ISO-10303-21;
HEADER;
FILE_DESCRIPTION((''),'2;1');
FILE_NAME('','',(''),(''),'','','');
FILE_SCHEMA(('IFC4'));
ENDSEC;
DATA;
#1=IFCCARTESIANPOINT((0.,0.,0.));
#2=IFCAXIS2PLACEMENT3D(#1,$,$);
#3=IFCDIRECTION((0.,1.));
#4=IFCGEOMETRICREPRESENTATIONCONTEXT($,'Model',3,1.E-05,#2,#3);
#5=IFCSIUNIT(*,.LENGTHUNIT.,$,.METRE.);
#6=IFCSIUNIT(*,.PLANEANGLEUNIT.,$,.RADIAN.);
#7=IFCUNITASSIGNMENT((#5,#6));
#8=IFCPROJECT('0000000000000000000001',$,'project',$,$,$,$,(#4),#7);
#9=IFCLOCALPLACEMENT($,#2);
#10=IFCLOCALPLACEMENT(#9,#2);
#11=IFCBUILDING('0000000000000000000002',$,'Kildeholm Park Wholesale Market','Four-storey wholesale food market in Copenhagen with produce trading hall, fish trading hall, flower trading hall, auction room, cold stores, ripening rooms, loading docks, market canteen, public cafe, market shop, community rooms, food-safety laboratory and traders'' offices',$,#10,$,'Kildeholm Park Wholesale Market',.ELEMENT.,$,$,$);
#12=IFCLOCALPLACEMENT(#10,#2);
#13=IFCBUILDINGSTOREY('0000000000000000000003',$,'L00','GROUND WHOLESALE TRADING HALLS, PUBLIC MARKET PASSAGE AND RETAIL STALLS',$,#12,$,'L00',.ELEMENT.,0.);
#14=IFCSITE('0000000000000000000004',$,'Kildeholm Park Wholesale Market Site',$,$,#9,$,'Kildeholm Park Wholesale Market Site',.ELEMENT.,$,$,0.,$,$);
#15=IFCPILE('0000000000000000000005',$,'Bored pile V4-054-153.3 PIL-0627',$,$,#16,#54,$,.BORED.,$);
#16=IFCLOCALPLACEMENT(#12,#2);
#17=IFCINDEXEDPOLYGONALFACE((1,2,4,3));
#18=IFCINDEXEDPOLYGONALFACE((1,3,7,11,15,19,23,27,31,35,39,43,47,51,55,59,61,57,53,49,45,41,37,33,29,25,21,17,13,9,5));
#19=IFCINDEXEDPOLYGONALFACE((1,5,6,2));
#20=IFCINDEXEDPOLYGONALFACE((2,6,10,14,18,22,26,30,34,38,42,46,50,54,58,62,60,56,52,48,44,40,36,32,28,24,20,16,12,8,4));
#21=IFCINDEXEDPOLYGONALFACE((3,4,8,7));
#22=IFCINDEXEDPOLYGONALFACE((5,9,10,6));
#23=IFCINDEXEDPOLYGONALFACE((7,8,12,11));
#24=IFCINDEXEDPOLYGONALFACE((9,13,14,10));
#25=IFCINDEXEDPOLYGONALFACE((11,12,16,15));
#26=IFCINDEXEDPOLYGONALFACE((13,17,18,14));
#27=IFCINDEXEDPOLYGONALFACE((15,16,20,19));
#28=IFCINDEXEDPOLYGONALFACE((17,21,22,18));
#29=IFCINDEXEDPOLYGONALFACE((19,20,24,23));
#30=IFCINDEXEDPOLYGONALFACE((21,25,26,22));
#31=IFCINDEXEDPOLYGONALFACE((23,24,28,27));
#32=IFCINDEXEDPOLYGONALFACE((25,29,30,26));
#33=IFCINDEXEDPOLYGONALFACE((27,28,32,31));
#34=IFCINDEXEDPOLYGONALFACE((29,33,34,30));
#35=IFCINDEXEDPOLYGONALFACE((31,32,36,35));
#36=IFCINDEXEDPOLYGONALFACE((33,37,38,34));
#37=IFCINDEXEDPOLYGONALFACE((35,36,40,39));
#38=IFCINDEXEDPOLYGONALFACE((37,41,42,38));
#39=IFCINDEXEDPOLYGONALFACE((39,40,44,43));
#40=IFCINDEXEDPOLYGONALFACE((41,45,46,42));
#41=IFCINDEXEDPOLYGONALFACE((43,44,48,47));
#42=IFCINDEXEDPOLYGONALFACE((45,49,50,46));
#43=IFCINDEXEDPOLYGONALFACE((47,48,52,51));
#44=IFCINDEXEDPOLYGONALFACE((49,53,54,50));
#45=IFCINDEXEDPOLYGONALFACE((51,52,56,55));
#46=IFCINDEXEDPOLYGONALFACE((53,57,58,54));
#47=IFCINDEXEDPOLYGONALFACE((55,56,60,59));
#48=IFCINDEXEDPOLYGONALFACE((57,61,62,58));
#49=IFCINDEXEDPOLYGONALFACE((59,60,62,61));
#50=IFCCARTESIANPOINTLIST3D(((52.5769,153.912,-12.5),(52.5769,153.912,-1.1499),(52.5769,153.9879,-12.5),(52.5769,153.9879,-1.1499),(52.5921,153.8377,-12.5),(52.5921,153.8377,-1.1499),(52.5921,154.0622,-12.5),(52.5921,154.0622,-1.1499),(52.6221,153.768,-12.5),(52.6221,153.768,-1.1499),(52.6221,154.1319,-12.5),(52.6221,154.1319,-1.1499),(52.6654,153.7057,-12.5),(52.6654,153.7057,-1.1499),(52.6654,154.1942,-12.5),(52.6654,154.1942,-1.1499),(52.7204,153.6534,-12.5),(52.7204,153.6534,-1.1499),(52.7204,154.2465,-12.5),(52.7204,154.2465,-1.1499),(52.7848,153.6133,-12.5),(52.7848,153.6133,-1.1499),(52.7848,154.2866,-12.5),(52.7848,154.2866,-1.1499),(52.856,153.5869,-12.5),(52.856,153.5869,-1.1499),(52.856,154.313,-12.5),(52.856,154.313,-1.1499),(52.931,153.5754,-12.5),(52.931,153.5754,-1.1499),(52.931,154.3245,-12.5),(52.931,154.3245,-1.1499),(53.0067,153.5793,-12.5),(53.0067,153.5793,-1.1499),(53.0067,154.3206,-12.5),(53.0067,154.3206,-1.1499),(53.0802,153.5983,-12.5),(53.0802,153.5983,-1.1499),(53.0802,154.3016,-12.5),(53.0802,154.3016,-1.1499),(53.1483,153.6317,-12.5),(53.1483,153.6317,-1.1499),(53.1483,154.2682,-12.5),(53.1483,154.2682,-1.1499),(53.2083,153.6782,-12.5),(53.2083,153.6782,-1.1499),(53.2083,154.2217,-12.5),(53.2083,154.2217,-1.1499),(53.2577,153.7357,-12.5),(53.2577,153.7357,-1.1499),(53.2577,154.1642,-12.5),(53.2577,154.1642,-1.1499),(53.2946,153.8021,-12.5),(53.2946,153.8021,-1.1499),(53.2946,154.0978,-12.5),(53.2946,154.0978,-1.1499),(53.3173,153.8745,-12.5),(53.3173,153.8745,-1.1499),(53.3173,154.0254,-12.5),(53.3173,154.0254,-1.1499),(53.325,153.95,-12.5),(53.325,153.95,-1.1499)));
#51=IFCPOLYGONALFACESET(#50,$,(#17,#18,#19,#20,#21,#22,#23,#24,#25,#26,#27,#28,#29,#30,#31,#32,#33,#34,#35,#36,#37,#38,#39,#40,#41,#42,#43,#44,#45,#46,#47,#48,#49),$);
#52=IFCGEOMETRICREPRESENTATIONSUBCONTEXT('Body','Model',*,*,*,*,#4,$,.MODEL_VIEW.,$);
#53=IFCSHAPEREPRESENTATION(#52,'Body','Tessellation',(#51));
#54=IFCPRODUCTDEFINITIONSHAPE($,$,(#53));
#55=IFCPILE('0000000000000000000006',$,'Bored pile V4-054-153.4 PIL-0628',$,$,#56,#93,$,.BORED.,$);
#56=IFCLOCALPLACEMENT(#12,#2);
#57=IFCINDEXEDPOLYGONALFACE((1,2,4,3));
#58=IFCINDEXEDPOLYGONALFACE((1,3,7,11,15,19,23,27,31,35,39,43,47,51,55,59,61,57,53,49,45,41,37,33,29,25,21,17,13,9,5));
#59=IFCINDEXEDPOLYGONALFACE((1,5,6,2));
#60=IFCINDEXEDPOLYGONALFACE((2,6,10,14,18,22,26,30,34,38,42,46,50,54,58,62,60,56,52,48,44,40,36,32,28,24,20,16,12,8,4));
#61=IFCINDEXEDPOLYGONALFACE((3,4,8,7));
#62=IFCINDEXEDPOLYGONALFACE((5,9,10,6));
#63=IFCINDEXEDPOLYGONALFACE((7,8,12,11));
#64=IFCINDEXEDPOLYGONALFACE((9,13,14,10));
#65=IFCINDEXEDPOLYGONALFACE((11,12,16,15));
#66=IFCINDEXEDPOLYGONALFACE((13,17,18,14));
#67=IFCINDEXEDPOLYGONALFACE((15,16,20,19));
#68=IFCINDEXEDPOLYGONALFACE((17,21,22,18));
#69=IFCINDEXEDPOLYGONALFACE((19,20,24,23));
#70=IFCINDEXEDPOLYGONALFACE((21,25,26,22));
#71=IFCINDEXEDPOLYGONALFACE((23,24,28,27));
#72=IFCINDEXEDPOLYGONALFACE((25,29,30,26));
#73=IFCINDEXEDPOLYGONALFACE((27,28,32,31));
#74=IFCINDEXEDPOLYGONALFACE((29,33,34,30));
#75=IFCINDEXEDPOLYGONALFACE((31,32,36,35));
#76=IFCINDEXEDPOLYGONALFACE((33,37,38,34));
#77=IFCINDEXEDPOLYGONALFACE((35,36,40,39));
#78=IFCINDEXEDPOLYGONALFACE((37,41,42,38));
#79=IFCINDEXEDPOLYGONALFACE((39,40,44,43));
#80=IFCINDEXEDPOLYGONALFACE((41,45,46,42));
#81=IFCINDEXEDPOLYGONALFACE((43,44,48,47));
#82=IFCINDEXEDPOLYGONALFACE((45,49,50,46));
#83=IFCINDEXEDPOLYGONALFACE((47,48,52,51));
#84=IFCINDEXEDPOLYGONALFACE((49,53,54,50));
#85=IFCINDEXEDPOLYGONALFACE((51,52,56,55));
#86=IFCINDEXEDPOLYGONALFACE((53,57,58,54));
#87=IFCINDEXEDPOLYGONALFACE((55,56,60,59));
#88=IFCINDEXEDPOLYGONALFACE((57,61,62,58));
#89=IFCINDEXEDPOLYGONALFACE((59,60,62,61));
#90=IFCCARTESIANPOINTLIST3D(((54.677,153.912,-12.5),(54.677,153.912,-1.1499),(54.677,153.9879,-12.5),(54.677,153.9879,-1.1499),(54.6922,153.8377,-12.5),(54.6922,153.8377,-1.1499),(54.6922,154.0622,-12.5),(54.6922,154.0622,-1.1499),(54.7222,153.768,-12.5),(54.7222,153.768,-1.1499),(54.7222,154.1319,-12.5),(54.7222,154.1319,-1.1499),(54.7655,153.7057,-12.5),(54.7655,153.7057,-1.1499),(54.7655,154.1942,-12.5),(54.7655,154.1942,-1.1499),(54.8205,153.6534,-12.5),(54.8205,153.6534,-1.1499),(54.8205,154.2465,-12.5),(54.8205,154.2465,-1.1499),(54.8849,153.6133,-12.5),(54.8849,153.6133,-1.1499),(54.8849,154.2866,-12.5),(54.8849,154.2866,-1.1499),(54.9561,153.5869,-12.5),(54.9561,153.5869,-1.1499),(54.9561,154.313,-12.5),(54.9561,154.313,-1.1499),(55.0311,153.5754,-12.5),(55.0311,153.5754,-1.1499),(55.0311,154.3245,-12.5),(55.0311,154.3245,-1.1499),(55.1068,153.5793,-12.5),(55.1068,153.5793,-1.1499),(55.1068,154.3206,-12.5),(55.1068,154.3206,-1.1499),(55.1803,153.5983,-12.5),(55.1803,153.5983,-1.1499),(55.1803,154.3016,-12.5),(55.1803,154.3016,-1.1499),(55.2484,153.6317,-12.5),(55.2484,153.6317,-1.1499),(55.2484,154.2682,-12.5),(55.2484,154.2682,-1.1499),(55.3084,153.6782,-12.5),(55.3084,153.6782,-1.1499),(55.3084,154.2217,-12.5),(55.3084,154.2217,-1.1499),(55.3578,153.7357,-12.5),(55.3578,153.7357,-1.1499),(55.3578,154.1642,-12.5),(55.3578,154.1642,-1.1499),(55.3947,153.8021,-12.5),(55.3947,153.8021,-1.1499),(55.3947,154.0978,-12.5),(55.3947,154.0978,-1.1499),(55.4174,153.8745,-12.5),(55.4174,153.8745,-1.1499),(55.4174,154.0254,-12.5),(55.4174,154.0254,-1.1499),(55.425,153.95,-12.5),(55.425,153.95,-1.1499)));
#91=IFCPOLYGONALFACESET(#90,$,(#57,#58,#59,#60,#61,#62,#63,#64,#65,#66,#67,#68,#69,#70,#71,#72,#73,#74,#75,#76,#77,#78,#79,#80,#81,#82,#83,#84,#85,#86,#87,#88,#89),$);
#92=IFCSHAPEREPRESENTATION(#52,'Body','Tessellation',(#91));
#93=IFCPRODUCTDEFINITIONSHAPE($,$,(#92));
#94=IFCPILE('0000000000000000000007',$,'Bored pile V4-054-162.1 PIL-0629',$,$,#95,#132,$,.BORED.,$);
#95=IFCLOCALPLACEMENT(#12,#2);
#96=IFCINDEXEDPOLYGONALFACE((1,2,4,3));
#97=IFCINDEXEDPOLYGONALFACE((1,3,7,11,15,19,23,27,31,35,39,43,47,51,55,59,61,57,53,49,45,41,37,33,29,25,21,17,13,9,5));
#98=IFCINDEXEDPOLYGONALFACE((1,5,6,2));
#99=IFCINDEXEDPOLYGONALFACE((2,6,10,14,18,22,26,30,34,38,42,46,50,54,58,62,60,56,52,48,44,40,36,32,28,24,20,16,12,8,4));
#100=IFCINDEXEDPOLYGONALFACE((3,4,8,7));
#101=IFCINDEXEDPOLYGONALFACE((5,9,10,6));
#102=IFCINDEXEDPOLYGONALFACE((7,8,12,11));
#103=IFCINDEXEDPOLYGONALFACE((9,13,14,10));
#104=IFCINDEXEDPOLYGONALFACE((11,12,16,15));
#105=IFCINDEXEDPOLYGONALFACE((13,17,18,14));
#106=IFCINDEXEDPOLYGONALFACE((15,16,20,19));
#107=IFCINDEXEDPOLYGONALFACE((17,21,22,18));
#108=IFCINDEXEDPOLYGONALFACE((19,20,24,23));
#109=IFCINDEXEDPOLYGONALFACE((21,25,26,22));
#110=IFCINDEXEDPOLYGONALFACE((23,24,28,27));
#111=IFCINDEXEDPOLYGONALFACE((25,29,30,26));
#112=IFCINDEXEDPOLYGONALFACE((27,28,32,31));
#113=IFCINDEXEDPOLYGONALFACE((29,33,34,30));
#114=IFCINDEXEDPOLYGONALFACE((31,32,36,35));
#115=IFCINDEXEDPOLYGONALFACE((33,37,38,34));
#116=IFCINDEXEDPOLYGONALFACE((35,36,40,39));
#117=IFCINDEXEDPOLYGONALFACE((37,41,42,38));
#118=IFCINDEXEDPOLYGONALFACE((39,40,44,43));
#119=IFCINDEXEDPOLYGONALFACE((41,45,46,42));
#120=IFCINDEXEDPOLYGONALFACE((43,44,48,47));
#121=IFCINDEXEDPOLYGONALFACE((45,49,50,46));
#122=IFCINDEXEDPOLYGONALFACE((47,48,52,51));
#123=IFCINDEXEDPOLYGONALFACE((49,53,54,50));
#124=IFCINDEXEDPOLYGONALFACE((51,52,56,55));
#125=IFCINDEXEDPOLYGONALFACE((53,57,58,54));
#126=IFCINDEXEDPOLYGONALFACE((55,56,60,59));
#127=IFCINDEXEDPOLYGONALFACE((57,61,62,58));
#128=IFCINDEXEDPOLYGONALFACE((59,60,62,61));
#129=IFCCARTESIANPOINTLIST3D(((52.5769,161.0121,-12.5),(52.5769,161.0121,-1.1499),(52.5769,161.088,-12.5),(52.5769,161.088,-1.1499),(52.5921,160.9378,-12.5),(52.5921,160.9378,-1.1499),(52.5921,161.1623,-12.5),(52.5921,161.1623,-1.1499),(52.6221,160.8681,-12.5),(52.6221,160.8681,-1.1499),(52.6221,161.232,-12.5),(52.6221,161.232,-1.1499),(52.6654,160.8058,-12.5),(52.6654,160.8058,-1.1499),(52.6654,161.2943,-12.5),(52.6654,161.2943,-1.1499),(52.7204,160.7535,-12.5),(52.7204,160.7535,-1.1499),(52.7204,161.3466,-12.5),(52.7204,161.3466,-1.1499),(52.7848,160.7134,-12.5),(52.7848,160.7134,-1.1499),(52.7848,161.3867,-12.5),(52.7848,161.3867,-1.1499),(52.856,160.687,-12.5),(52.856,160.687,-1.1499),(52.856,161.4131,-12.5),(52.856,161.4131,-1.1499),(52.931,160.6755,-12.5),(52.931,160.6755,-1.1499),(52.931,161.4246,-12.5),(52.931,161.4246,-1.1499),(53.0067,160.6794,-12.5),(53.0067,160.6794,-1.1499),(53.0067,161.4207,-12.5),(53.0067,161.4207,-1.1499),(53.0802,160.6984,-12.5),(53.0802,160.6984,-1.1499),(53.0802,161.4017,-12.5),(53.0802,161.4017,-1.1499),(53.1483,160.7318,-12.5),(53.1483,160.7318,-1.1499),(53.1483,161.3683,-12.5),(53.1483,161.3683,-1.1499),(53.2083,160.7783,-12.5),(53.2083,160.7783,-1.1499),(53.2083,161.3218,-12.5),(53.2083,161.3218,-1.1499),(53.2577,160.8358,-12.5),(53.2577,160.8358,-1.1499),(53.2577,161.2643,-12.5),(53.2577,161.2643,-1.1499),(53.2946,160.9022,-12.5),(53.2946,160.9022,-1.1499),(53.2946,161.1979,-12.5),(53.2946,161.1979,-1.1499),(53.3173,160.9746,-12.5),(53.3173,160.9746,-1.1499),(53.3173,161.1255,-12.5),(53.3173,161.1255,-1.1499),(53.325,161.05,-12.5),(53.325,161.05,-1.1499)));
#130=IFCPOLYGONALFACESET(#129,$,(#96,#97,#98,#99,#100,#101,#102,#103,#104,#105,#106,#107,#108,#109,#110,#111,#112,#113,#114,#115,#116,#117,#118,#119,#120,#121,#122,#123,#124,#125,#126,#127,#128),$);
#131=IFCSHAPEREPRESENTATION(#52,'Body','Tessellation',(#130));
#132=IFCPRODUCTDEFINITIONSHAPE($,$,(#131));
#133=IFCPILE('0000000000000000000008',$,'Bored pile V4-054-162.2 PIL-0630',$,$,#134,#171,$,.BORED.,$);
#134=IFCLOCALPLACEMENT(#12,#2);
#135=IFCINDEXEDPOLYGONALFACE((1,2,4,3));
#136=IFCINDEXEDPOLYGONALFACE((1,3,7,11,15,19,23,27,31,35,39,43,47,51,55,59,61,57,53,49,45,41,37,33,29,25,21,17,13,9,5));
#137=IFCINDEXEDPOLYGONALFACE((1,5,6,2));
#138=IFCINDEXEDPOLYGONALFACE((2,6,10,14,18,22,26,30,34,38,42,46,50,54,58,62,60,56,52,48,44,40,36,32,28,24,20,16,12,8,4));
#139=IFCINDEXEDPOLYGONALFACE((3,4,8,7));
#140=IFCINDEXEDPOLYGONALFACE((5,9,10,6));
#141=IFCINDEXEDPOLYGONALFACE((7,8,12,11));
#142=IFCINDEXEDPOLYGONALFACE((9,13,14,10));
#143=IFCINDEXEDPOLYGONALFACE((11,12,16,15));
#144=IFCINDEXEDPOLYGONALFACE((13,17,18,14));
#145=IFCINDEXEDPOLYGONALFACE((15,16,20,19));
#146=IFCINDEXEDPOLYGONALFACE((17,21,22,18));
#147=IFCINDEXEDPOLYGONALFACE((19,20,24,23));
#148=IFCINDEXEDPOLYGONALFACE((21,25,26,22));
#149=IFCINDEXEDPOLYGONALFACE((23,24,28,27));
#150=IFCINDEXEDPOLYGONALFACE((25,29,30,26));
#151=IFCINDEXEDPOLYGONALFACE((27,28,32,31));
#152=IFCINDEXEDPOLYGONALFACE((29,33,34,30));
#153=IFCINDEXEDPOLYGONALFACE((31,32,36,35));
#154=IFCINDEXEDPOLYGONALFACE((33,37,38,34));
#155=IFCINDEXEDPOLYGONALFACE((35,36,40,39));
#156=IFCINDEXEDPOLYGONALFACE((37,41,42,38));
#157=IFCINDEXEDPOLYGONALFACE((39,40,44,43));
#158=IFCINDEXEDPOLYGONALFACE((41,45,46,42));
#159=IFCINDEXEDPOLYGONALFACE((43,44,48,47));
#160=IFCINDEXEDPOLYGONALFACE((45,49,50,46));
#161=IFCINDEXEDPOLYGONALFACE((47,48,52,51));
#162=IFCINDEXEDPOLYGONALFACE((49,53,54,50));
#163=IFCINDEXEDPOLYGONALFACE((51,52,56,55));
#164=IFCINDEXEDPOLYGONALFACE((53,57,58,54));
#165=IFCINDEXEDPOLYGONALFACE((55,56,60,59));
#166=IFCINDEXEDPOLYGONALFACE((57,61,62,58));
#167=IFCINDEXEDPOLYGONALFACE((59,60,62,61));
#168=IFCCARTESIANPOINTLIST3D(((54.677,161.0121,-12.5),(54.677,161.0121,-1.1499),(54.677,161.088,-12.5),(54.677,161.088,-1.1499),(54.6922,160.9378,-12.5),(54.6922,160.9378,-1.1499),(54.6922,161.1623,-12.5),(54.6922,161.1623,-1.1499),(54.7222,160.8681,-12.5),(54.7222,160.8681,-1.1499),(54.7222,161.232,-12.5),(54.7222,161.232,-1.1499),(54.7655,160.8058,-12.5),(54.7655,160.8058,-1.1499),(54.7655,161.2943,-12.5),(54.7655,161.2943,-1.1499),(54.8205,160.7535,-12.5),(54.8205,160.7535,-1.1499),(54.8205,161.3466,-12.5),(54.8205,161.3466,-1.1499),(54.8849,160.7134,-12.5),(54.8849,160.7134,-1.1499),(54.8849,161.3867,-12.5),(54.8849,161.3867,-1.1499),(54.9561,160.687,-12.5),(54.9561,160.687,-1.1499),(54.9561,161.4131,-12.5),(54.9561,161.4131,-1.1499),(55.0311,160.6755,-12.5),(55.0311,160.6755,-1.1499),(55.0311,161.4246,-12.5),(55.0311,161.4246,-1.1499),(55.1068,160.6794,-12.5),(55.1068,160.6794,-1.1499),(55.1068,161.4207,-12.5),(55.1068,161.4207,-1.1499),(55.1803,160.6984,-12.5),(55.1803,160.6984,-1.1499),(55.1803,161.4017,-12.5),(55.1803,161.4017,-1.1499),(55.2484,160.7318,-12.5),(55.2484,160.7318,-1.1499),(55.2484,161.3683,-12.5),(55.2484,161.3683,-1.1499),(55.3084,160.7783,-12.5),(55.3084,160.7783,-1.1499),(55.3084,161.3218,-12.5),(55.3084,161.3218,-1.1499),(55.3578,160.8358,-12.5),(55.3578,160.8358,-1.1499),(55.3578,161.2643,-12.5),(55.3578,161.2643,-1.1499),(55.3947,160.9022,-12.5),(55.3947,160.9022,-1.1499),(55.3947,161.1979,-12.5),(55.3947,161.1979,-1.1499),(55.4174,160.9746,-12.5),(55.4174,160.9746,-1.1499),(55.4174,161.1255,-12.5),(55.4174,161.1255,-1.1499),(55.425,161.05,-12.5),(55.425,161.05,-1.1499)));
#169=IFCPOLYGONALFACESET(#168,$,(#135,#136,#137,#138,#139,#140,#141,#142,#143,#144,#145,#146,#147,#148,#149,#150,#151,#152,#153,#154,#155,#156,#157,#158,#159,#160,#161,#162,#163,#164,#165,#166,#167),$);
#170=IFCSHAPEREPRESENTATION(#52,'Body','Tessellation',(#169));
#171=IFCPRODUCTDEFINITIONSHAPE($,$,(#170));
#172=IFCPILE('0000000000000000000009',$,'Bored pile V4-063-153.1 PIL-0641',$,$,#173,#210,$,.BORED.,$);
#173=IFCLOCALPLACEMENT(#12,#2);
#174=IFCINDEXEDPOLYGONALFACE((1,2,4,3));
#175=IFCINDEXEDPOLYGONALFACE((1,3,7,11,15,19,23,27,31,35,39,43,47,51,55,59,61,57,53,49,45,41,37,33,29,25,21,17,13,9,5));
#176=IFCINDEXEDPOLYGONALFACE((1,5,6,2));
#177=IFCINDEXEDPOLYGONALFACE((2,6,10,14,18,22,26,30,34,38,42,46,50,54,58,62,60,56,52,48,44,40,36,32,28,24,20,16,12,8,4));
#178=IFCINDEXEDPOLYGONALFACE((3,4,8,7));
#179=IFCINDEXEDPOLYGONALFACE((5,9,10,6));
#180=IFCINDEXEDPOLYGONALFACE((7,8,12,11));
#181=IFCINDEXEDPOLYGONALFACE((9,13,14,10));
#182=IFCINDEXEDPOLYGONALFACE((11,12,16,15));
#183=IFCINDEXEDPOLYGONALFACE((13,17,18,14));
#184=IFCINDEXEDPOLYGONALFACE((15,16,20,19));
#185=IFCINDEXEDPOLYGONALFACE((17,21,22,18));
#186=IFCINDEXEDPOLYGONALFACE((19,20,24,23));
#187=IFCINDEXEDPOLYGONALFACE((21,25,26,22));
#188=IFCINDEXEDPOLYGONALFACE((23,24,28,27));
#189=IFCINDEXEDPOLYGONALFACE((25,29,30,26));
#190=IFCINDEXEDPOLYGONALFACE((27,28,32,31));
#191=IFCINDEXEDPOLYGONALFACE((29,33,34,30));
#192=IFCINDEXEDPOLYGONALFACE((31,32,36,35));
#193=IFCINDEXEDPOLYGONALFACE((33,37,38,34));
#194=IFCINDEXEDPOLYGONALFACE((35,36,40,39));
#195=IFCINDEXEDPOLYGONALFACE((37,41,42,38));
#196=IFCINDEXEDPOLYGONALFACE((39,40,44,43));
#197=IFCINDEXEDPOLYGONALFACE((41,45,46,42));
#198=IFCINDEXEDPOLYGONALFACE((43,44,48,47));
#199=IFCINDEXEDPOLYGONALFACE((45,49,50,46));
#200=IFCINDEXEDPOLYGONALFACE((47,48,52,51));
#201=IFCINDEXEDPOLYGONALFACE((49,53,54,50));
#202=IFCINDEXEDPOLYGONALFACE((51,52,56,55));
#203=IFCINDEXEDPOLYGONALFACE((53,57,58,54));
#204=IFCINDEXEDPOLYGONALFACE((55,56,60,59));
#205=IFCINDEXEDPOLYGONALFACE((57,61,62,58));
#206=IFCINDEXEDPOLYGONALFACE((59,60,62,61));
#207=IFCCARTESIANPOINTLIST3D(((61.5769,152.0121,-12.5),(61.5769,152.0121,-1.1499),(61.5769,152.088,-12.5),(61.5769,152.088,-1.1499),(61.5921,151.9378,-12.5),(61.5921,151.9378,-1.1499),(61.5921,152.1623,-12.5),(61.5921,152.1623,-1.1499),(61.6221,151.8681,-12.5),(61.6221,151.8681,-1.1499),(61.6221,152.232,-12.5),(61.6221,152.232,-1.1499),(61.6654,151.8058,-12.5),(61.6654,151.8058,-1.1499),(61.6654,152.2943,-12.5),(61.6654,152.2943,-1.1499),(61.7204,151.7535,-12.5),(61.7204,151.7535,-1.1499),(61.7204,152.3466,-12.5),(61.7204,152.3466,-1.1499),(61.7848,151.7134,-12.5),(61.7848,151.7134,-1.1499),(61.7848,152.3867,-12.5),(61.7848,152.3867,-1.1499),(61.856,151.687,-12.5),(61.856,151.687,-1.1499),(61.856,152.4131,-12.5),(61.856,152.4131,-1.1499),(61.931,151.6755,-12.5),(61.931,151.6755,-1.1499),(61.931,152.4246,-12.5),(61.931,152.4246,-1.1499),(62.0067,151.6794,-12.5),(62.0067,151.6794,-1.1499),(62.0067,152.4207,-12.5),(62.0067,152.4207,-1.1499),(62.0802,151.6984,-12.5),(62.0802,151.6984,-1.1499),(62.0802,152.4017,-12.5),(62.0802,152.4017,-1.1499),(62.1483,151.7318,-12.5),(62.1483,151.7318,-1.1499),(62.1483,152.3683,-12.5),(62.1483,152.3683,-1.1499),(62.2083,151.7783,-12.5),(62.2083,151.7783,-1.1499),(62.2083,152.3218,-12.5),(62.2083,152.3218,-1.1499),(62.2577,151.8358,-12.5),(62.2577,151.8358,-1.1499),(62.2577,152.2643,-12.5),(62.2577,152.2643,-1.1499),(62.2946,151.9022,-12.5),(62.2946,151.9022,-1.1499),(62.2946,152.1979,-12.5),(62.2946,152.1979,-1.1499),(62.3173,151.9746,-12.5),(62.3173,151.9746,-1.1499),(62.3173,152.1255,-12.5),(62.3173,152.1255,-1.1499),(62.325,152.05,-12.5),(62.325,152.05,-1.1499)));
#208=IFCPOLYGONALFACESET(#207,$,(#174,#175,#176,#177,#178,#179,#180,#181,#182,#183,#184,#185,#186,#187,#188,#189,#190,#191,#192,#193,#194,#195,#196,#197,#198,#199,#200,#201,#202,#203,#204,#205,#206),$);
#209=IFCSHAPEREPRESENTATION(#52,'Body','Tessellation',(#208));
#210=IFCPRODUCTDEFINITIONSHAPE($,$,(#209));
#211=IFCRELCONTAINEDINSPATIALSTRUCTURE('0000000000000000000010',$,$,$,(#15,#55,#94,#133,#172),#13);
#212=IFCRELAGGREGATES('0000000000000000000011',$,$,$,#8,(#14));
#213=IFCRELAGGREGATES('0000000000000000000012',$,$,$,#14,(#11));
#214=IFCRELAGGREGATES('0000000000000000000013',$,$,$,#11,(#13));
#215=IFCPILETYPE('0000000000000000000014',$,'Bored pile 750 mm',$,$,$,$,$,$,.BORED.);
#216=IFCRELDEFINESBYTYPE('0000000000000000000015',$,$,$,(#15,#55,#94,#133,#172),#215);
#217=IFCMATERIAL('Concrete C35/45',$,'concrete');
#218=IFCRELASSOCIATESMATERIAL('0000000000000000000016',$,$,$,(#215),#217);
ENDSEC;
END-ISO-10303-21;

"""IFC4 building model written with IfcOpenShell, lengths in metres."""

from ifc_helpers import new_model, si_unit, direction, frame, origin, origin_2d, place, context, subcontext, project, spatial, circle, extrude, material, material_profile, profile_set, type_object, element, save


model = new_model("IFC4")

# Units and contexts
model_context = context("Model", 3, precision=1e-05, world=origin(), true_north=direction((0.0, 1.0)))
body_context = subcontext(model_context, "Body", "Model", "MODEL_VIEW")
ifc_project = project(units=[si_unit("LENGTHUNIT", "METRE"), si_unit("PLANEANGLEUNIT", "RADIAN")], contexts=[model_context])

# Site, building, storey
site_placement = place(None, origin())
site = spatial("IfcSite", under=ifc_project, at=site_placement, Name="Kildeholm Park Wholesale Market Site", LongName="Kildeholm Park Wholesale Market Site", CompositionType="ELEMENT", RefElevation=0.0)
building_placement = place(site_placement, origin())
building = spatial("IfcBuilding", under=site, at=building_placement, Name="Kildeholm Park Wholesale Market", Description="Four-storey wholesale food market in Copenhagen with produce trading hall, fish trading hall, flower trading hall, auction room, cold stores, ripening rooms, loading docks, market canteen, public cafe, market shop, community rooms, food-safety laboratory and traders' offices", LongName="Kildeholm Park Wholesale Market", CompositionType="ELEMENT")
storey_placement = place(building_placement, origin())
storey = spatial("IfcBuildingStorey", under=building, at=storey_placement, Name="L00", Description="GROUND WHOLESALE TRADING HALLS, PUBLIC MARKET PASSAGE AND RETAIL STALLS", LongName="L00", CompositionType="ELEMENT", Elevation=0.0)

# Piles
ifc_material_1 = material(Name="Concrete C35/45", Category="concrete")
ifc_material_profile_1 = material_profile(ifc_material_1, circle(Radius=0.375, at=origin_2d()), Name="PILE D750")
ifc_profile_set_1 = profile_set([ifc_material_profile_1], Name="Concrete C35/45")
pile_type = type_object("IfcPileType", Name="Bored pile 750 mm", PredefinedType="BORED", material=ifc_profile_set_1)
for number, where, z_axis, x_axis, name in (
    (1, (52.95, 153.95, -1.1499), (0.0, 0.0, -1.0), (1.0, 0.0, 0.0), "Bored pile V4-054-153.3 PIL-0627"),
    (2, (55.05, 153.95, -1.1499), (0.0, 0.0, -1.0), (1.0, 0.0, 0.0), "Bored pile V4-054-153.4 PIL-0628"),
    (3, (52.95, 161.05, -1.1499), (0.0, 0.0, -1.0), (1.0, 0.0, 0.0), "Bored pile V4-054-162.1 PIL-0629"),
    (4, (55.05, 161.05, -1.1499), (0.0, 0.0, -1.0), (1.0, 0.0, 0.0), "Bored pile V4-054-162.2 PIL-0630"),
    (5, (61.95, 152.05, -1.1499), (0.0, 0.0, -1.0), (1.0, 0.0, 0.0), "Bored pile V4-063-153.1 PIL-0641"),
):
    element("IfcPile", number, at=place(storey_placement, frame(where, z_axis=z_axis, x_axis=x_axis)), inside=storey, type_object=pile_type, Name=name, PredefinedType="BORED", context=body_context, shape_type="SweptSolid", body=[
        extrude(circle(Radius=0.375, at=origin_2d()), origin(), (0.0, 0.0, 1.0), 11.3501),
    ])

save(model, "model.ifc")
